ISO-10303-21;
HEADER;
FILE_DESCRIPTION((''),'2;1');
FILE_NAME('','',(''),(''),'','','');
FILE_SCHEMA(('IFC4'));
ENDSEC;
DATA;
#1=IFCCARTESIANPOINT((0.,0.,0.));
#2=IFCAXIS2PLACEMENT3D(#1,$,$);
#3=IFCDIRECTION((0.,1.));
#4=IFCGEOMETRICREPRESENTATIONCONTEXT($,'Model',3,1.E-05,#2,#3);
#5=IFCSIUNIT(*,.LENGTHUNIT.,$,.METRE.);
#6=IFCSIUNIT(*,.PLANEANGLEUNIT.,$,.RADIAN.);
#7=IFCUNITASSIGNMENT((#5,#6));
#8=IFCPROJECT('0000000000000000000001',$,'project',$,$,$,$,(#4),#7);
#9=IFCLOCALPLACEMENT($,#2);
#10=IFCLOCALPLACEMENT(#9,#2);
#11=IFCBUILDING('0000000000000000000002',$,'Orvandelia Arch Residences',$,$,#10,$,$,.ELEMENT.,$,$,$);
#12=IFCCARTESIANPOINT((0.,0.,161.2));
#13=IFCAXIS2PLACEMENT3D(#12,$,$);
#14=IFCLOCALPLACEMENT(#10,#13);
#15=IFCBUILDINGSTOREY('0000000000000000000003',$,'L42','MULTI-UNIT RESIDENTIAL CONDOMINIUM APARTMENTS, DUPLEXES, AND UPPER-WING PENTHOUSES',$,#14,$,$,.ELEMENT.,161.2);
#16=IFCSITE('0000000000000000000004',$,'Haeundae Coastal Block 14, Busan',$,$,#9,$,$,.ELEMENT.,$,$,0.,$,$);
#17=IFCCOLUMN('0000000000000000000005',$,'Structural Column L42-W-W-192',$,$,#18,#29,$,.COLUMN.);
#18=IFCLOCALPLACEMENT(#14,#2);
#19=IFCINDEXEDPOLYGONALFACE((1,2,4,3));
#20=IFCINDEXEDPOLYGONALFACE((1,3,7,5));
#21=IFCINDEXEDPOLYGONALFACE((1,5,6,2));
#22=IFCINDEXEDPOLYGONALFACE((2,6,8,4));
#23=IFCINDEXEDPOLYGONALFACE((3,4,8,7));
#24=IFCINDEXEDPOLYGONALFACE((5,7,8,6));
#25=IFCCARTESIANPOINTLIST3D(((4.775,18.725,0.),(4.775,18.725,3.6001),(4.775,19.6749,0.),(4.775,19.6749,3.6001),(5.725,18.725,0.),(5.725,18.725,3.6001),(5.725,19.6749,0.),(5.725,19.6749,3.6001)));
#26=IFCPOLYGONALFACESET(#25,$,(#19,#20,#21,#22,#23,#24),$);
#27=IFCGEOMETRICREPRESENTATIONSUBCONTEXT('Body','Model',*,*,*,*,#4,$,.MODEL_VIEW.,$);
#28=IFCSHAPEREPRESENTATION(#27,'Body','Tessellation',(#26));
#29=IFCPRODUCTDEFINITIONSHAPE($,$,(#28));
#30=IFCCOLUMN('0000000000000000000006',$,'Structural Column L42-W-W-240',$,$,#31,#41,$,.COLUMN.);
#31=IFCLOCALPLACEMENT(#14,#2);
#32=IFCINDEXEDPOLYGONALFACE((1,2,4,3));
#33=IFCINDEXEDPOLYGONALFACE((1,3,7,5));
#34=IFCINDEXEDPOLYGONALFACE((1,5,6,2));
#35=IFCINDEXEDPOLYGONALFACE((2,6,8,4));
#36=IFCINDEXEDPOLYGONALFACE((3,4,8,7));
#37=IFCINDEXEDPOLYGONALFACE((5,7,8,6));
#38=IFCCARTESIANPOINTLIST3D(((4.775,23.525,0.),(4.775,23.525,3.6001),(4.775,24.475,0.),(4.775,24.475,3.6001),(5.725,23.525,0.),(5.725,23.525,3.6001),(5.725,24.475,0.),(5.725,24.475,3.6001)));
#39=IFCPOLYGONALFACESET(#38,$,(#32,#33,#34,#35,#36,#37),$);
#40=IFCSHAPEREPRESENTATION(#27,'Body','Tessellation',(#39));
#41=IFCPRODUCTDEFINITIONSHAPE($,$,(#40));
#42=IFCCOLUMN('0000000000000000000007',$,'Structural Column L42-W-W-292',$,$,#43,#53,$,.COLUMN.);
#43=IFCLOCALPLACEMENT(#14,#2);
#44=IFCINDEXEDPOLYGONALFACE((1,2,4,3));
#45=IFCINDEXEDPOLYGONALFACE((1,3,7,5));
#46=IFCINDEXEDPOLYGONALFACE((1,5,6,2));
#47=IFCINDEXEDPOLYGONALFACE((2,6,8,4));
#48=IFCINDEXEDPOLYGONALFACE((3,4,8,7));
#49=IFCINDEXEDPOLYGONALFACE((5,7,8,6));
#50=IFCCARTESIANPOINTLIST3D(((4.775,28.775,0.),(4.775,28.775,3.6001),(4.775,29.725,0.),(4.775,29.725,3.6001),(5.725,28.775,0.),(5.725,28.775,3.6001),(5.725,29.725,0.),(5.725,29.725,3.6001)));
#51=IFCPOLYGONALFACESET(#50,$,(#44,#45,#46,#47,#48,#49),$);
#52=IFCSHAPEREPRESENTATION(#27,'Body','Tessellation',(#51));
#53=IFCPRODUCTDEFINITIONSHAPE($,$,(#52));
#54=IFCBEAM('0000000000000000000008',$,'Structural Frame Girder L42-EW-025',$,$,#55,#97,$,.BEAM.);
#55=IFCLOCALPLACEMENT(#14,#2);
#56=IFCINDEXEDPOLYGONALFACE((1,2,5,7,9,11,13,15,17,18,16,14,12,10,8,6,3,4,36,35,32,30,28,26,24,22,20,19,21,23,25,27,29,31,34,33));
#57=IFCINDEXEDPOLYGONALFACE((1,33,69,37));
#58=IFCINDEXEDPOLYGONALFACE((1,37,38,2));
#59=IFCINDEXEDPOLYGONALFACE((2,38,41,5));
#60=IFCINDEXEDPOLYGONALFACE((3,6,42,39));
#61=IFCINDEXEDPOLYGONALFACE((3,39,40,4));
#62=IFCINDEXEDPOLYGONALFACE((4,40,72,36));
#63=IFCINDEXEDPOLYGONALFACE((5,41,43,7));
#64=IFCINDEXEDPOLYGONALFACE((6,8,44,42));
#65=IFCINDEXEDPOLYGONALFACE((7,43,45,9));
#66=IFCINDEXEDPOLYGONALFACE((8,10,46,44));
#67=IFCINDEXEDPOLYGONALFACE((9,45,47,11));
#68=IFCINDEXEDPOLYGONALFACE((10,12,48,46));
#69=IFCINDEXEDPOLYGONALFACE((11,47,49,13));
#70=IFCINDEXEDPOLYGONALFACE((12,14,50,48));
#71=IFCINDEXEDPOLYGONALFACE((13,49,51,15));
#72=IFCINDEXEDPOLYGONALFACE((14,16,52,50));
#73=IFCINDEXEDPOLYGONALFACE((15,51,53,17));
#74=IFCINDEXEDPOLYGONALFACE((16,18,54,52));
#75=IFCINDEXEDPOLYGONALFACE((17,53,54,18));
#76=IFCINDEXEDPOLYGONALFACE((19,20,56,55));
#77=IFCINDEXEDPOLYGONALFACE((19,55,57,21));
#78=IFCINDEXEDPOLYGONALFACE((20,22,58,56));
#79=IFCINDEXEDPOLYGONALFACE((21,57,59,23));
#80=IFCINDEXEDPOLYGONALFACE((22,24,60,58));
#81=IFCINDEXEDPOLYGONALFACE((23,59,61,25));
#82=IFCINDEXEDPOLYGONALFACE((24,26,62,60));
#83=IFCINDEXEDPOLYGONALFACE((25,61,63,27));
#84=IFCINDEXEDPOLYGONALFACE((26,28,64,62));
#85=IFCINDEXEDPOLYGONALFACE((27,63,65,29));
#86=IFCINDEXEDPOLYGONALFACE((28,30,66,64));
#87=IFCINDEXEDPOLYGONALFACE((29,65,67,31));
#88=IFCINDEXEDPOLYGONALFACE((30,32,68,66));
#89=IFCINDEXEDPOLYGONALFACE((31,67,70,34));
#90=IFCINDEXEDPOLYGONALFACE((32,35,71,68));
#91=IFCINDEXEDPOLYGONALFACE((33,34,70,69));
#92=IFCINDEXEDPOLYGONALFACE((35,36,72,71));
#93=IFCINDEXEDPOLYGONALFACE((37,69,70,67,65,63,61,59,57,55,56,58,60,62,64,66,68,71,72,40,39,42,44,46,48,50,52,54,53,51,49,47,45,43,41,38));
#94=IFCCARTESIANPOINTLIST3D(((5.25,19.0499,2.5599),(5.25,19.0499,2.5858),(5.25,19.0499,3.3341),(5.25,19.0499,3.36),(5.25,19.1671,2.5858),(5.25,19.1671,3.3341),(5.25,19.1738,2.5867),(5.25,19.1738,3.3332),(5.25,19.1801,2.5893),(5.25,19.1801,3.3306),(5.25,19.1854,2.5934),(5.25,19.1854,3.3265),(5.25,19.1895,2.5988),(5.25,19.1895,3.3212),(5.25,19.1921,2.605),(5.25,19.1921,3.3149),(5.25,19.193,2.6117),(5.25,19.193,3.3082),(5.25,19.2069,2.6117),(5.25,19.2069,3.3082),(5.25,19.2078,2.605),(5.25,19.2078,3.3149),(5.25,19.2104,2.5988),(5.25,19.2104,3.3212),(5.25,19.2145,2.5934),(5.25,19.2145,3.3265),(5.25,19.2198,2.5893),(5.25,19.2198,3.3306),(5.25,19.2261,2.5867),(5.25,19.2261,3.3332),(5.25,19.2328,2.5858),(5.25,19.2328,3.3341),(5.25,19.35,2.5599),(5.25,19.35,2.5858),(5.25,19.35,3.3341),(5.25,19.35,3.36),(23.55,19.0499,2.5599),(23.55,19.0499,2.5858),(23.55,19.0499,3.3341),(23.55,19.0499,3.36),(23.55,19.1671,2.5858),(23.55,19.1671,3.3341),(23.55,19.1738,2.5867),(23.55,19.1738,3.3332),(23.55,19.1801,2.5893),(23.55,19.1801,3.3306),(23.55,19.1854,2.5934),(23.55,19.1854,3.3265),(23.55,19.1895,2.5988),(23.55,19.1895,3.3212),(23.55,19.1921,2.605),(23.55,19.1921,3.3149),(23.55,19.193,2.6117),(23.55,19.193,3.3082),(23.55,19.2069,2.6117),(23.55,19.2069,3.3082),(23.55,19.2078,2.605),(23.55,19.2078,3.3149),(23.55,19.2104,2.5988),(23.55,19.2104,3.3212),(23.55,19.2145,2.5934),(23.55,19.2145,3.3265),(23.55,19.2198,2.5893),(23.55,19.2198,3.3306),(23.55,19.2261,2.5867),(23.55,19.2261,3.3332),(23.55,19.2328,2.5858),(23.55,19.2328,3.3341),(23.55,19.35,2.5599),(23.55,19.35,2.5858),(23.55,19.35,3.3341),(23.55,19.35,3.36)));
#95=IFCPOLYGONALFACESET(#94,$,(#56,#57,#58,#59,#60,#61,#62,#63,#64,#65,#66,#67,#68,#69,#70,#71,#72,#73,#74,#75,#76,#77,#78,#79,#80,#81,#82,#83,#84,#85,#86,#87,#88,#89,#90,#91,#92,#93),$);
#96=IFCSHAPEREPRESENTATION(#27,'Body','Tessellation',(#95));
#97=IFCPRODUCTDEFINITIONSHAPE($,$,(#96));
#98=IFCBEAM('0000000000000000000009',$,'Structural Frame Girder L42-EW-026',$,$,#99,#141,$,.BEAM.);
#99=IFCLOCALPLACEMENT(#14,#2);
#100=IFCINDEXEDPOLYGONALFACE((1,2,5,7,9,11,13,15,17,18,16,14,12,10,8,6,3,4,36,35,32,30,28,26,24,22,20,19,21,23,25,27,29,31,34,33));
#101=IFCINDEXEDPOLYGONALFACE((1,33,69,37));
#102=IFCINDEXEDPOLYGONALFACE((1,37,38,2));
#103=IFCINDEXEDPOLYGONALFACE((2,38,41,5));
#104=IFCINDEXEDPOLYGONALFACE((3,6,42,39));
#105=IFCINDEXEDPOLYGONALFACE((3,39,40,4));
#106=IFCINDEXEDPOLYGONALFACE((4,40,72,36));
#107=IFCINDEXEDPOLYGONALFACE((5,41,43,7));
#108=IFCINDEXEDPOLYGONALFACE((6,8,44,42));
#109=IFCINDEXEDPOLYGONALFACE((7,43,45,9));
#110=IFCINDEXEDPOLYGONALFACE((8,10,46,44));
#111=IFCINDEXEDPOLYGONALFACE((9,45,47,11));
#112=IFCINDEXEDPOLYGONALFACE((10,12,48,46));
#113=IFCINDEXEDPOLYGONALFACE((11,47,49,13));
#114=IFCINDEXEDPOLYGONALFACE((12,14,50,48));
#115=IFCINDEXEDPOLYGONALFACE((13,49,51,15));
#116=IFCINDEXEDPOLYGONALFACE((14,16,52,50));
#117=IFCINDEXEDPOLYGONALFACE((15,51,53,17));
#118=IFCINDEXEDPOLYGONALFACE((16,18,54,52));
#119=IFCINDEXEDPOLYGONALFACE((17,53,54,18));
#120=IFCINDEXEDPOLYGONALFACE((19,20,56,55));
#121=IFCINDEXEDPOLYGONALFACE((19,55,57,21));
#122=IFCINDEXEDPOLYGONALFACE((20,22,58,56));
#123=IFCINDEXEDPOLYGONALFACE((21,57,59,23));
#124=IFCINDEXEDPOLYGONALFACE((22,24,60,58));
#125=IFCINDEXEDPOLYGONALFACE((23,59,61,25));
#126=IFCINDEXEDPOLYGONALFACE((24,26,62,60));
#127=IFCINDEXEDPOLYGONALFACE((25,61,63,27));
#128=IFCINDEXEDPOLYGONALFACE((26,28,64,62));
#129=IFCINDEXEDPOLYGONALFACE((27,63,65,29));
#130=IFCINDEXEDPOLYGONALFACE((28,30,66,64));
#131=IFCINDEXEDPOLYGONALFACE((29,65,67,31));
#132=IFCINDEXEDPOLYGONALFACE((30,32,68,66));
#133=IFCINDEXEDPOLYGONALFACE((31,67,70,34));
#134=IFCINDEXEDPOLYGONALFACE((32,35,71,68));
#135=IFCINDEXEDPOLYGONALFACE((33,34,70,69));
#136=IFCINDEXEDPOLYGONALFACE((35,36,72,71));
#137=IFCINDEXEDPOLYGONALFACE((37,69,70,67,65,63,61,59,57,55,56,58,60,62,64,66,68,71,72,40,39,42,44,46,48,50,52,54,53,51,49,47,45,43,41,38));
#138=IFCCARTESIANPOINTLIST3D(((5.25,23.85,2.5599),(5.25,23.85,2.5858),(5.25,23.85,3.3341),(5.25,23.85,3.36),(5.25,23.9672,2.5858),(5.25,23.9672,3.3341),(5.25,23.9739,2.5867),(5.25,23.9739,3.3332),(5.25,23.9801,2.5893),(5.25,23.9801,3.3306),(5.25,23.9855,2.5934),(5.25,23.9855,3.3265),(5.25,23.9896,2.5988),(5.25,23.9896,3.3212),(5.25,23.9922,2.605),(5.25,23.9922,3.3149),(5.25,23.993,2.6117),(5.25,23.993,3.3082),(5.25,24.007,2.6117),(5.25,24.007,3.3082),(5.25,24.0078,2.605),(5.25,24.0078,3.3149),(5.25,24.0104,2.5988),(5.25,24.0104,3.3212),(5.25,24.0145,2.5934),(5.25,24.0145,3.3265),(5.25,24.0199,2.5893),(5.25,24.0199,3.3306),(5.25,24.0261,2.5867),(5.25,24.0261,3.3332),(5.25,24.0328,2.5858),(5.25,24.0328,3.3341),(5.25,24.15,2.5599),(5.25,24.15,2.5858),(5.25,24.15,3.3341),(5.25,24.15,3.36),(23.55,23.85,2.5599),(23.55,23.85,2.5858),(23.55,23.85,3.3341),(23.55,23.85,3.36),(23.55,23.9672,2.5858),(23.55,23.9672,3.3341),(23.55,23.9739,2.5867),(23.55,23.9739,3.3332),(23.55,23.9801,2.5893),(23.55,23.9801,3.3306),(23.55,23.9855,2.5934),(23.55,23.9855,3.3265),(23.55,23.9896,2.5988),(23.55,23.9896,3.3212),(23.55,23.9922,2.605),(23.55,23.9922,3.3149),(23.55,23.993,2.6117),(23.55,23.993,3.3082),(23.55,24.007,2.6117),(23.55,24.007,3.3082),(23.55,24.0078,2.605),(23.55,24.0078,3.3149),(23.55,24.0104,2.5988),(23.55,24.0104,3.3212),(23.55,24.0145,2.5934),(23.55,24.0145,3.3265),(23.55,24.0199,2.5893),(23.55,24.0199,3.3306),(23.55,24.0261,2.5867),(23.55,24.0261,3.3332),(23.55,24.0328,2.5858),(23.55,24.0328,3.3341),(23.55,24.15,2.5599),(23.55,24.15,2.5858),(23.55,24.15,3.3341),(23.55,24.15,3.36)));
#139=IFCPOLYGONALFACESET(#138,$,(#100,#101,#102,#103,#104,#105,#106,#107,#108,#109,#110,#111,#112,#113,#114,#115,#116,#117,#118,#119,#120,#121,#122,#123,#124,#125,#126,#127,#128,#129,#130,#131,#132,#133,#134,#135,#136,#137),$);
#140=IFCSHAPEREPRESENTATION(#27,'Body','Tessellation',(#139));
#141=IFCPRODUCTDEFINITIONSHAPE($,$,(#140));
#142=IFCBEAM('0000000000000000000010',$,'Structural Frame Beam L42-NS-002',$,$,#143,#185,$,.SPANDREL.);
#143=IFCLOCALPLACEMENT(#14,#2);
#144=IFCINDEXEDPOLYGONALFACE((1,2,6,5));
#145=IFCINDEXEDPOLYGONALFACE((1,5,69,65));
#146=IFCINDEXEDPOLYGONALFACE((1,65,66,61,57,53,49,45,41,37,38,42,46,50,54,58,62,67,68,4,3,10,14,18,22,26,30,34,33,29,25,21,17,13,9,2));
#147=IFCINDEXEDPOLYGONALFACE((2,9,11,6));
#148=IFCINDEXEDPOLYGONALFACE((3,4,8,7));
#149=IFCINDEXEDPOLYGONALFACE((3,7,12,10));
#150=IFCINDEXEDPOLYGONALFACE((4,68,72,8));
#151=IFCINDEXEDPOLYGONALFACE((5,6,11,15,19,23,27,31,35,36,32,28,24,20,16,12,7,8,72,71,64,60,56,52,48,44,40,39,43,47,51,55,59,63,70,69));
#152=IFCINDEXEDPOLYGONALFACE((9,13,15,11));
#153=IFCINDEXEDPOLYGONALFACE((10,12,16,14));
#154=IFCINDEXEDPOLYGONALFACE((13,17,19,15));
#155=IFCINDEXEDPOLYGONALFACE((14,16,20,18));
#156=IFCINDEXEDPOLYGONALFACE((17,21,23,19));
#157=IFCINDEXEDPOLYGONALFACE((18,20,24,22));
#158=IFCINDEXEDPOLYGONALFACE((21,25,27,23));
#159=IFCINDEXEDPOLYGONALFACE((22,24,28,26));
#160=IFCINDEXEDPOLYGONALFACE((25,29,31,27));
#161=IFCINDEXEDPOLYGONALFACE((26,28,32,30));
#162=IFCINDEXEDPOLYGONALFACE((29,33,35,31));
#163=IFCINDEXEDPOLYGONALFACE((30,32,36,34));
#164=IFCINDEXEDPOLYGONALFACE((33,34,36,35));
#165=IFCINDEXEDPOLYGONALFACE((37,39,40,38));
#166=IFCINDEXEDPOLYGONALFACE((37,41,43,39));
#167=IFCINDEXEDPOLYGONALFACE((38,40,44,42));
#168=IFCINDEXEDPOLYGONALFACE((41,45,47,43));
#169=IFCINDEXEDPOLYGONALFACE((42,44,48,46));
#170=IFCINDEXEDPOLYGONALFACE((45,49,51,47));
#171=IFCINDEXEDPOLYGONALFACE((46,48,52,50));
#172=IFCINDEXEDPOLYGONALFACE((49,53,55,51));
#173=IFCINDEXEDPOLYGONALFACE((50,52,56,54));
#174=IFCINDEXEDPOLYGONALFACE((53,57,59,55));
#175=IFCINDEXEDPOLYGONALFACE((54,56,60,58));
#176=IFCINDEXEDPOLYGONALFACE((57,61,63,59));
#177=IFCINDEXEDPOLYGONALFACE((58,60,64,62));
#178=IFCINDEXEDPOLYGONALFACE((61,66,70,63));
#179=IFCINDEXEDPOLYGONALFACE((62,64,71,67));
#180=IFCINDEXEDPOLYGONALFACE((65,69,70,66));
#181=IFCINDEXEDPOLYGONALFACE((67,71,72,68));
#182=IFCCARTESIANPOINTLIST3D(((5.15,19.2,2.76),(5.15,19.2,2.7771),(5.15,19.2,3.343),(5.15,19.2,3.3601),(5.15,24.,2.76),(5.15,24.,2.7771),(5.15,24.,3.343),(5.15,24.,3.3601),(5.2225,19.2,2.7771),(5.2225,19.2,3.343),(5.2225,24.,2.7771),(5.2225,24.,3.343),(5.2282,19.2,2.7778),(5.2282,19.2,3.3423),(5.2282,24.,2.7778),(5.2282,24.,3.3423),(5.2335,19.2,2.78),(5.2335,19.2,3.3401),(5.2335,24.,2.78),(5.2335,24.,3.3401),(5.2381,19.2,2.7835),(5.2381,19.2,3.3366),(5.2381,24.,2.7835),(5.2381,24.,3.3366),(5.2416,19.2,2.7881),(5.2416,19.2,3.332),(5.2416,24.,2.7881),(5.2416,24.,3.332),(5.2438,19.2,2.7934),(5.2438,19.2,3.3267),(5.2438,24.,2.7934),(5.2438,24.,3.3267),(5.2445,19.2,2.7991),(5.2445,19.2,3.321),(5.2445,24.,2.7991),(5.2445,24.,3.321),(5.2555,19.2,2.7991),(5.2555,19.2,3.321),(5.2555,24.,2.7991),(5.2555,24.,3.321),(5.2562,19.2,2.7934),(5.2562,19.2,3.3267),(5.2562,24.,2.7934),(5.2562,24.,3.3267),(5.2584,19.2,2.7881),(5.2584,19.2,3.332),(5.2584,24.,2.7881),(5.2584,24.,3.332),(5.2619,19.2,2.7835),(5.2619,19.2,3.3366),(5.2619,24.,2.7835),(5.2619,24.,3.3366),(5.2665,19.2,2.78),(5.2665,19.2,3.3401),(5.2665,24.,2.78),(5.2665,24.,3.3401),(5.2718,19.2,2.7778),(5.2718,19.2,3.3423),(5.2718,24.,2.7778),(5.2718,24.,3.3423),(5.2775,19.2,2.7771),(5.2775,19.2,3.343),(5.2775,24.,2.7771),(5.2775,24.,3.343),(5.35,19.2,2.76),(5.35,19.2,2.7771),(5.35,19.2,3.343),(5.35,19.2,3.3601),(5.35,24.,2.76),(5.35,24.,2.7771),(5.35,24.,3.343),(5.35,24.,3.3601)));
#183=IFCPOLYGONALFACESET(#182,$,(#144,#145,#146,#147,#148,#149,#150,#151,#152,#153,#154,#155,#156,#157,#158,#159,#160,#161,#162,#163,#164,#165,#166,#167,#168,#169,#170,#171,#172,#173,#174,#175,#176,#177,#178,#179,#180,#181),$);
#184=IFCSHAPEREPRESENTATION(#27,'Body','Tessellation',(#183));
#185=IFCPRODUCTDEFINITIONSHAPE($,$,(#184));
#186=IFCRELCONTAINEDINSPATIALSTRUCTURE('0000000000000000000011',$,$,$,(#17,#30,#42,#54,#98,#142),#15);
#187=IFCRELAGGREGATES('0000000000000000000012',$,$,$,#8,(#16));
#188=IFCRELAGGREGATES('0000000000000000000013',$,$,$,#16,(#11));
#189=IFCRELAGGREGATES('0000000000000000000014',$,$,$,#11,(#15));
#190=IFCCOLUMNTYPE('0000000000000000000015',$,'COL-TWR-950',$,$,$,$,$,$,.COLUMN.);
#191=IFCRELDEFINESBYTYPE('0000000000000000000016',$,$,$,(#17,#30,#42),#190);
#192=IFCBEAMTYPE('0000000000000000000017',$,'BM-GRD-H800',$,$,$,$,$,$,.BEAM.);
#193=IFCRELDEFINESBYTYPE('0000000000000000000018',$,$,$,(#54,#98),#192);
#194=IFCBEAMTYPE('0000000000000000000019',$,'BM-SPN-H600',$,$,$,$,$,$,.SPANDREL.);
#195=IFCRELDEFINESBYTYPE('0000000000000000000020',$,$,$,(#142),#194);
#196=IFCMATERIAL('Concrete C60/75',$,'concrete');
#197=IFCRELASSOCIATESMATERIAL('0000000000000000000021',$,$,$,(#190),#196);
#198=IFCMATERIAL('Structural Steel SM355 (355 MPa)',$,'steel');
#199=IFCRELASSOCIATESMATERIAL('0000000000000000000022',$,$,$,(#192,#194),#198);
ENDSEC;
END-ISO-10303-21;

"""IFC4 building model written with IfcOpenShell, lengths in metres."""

from ifc_helpers import new_model, si_unit, direction, frame, origin, origin_2d, place, context, subcontext, project, spatial, rectangle, i_section, extrude, material, material_profile, profile_set, type_object, element, save


model = new_model("IFC4")

# Units and contexts
model_context = context("Model", 3, precision=1e-05, world=origin(), true_north=direction((0.0, 1.0)))
body_context = subcontext(model_context, "Body", "Model", "MODEL_VIEW")
ifc_project = project(units=[si_unit("LENGTHUNIT", "METRE"), si_unit("PLANEANGLEUNIT", "RADIAN")], contexts=[model_context])

# Site, building, storey
site_placement = place(None, origin())
site = spatial("IfcSite", under=ifc_project, at=site_placement, Name="Haeundae Coastal Block 14, Busan", CompositionType="ELEMENT", RefElevation=0.0)
building_placement = place(site_placement, origin())
building = spatial("IfcBuilding", under=site, at=building_placement, Name="Orvandelia Arch Residences", CompositionType="ELEMENT")
storey_placement = place(building_placement, frame((0.0, 0.0, 161.2)))
storey = spatial("IfcBuildingStorey", under=building, at=storey_placement, Name="L42", Description="MULTI-UNIT RESIDENTIAL CONDOMINIUM APARTMENTS, DUPLEXES, AND UPPER-WING PENTHOUSES", CompositionType="ELEMENT", Elevation=161.2)

# Columns
ifc_material_1 = material(Name="Concrete C60/75", Category="concrete")
ifc_material_profile_1 = material_profile(ifc_material_1, rectangle(XDim=0.95, YDim=0.95, at=origin_2d()), Name="Concrete C60/75", Category="concrete")
ifc_profile_set_1 = profile_set([ifc_material_profile_1], Name="Concrete C60/75")
column_type = type_object("IfcColumnType", Name="COL-TWR-950", PredefinedType="COLUMN", material=ifc_profile_set_1)
for number, where, z_axis, x_axis, name in (
    (1, (5.25, 19.2, 0.0), (0.0, 0.0, 1.0), (1.0, 0.0, 0.0), "Structural Column L42-W-W-192"),
    (2, (5.25, 24.0, 0.0), (0.0, 0.0, 1.0), (1.0, 0.0, 0.0), "Structural Column L42-W-W-240"),
    (3, (5.25, 29.25, 0.0), (0.0, 0.0, 1.0), (1.0, 0.0, 0.0), "Structural Column L42-W-W-292"),
):
    element("IfcColumn", number, at=place(storey_placement, frame(where, z_axis=z_axis, x_axis=x_axis)), inside=storey, type_object=column_type, Name=name, PredefinedType="COLUMN", context=body_context, shape_type="SweptSolid", body=[
        extrude(rectangle(XDim=0.95, YDim=0.95, at=origin_2d()), origin(), (0.0, 0.0, 1.0), 3.6001),
    ])

# Beams
ifc_material_2 = material(Name="Structural Steel SM355 (355 MPa)", Category="steel")
ifc_material_profile_2 = material_profile(ifc_material_2, i_section(OverallWidth=0.3, OverallDepth=0.8, WebThickness=0.0139, FlangeThickness=0.0259, FilletRadius=0.0259, at=origin_2d()), Name="Structural Steel SM355 (355 MPa)", Category="steel")
ifc_profile_set_2 = profile_set([ifc_material_profile_2], Name="Structural Steel SM355 (355 MPa)")
beam_type_1 = type_object("IfcBeamType", Name="BM-GRD-H800", PredefinedType="BEAM", material=ifc_profile_set_2)
for number, where, z_axis, x_axis, name in (
    (4, (5.25, 19.2, 2.96), (1.0, 0.0, 0.0), (0.0, 1.0, 0.0), "Structural Frame Girder L42-EW-025"),
    (5, (5.25, 24.0, 2.96), (1.0, 0.0, 0.0), (0.0, 1.0, 0.0), "Structural Frame Girder L42-EW-026"),
):
    element("IfcBeam", number, at=place(storey_placement, frame(where, z_axis=z_axis, x_axis=x_axis)), inside=storey, type_object=beam_type_1, Name=name, PredefinedType="BEAM", context=body_context, shape_type="SweptSolid", body=[
        extrude(i_section(OverallWidth=0.3, OverallDepth=0.8, WebThickness=0.0139, FlangeThickness=0.0259, FilletRadius=0.0259, at=origin_2d()), origin(), (0.0, 0.0, 1.0), 18.3),
    ])
ifc_material_profile_3 = material_profile(ifc_material_2, i_section(OverallWidth=0.2, OverallDepth=0.6001, WebThickness=0.011, FlangeThickness=0.0171, FilletRadius=0.022, at=origin_2d()), Name="Structural Steel SM355 (355 MPa)", Category="steel")
ifc_profile_set_3 = profile_set([ifc_material_profile_3], Name="Structural Steel SM355 (355 MPa)")
beam_type_2 = type_object("IfcBeamType", Name="BM-SPN-H600", PredefinedType="SPANDREL", material=ifc_profile_set_3)
beam_1_placement = place(storey_placement, frame((5.25, 19.2, 3.0601), z_axis=(0.0, 1.0, 0.0), x_axis=(-1.0, 0.0, 0.0)))
element("IfcBeam", 6, at=beam_1_placement, inside=storey, type_object=beam_type_2, Name="Structural Frame Beam L42-NS-002", PredefinedType="SPANDREL", context=body_context, shape_type="SweptSolid", body=[
    extrude(i_section(OverallWidth=0.2, OverallDepth=0.6001, WebThickness=0.011, FlangeThickness=0.0171, FilletRadius=0.022, at=origin_2d()), origin(), (0.0, 0.0, 1.0), 4.8),
])

save(model, "model.ifc")
